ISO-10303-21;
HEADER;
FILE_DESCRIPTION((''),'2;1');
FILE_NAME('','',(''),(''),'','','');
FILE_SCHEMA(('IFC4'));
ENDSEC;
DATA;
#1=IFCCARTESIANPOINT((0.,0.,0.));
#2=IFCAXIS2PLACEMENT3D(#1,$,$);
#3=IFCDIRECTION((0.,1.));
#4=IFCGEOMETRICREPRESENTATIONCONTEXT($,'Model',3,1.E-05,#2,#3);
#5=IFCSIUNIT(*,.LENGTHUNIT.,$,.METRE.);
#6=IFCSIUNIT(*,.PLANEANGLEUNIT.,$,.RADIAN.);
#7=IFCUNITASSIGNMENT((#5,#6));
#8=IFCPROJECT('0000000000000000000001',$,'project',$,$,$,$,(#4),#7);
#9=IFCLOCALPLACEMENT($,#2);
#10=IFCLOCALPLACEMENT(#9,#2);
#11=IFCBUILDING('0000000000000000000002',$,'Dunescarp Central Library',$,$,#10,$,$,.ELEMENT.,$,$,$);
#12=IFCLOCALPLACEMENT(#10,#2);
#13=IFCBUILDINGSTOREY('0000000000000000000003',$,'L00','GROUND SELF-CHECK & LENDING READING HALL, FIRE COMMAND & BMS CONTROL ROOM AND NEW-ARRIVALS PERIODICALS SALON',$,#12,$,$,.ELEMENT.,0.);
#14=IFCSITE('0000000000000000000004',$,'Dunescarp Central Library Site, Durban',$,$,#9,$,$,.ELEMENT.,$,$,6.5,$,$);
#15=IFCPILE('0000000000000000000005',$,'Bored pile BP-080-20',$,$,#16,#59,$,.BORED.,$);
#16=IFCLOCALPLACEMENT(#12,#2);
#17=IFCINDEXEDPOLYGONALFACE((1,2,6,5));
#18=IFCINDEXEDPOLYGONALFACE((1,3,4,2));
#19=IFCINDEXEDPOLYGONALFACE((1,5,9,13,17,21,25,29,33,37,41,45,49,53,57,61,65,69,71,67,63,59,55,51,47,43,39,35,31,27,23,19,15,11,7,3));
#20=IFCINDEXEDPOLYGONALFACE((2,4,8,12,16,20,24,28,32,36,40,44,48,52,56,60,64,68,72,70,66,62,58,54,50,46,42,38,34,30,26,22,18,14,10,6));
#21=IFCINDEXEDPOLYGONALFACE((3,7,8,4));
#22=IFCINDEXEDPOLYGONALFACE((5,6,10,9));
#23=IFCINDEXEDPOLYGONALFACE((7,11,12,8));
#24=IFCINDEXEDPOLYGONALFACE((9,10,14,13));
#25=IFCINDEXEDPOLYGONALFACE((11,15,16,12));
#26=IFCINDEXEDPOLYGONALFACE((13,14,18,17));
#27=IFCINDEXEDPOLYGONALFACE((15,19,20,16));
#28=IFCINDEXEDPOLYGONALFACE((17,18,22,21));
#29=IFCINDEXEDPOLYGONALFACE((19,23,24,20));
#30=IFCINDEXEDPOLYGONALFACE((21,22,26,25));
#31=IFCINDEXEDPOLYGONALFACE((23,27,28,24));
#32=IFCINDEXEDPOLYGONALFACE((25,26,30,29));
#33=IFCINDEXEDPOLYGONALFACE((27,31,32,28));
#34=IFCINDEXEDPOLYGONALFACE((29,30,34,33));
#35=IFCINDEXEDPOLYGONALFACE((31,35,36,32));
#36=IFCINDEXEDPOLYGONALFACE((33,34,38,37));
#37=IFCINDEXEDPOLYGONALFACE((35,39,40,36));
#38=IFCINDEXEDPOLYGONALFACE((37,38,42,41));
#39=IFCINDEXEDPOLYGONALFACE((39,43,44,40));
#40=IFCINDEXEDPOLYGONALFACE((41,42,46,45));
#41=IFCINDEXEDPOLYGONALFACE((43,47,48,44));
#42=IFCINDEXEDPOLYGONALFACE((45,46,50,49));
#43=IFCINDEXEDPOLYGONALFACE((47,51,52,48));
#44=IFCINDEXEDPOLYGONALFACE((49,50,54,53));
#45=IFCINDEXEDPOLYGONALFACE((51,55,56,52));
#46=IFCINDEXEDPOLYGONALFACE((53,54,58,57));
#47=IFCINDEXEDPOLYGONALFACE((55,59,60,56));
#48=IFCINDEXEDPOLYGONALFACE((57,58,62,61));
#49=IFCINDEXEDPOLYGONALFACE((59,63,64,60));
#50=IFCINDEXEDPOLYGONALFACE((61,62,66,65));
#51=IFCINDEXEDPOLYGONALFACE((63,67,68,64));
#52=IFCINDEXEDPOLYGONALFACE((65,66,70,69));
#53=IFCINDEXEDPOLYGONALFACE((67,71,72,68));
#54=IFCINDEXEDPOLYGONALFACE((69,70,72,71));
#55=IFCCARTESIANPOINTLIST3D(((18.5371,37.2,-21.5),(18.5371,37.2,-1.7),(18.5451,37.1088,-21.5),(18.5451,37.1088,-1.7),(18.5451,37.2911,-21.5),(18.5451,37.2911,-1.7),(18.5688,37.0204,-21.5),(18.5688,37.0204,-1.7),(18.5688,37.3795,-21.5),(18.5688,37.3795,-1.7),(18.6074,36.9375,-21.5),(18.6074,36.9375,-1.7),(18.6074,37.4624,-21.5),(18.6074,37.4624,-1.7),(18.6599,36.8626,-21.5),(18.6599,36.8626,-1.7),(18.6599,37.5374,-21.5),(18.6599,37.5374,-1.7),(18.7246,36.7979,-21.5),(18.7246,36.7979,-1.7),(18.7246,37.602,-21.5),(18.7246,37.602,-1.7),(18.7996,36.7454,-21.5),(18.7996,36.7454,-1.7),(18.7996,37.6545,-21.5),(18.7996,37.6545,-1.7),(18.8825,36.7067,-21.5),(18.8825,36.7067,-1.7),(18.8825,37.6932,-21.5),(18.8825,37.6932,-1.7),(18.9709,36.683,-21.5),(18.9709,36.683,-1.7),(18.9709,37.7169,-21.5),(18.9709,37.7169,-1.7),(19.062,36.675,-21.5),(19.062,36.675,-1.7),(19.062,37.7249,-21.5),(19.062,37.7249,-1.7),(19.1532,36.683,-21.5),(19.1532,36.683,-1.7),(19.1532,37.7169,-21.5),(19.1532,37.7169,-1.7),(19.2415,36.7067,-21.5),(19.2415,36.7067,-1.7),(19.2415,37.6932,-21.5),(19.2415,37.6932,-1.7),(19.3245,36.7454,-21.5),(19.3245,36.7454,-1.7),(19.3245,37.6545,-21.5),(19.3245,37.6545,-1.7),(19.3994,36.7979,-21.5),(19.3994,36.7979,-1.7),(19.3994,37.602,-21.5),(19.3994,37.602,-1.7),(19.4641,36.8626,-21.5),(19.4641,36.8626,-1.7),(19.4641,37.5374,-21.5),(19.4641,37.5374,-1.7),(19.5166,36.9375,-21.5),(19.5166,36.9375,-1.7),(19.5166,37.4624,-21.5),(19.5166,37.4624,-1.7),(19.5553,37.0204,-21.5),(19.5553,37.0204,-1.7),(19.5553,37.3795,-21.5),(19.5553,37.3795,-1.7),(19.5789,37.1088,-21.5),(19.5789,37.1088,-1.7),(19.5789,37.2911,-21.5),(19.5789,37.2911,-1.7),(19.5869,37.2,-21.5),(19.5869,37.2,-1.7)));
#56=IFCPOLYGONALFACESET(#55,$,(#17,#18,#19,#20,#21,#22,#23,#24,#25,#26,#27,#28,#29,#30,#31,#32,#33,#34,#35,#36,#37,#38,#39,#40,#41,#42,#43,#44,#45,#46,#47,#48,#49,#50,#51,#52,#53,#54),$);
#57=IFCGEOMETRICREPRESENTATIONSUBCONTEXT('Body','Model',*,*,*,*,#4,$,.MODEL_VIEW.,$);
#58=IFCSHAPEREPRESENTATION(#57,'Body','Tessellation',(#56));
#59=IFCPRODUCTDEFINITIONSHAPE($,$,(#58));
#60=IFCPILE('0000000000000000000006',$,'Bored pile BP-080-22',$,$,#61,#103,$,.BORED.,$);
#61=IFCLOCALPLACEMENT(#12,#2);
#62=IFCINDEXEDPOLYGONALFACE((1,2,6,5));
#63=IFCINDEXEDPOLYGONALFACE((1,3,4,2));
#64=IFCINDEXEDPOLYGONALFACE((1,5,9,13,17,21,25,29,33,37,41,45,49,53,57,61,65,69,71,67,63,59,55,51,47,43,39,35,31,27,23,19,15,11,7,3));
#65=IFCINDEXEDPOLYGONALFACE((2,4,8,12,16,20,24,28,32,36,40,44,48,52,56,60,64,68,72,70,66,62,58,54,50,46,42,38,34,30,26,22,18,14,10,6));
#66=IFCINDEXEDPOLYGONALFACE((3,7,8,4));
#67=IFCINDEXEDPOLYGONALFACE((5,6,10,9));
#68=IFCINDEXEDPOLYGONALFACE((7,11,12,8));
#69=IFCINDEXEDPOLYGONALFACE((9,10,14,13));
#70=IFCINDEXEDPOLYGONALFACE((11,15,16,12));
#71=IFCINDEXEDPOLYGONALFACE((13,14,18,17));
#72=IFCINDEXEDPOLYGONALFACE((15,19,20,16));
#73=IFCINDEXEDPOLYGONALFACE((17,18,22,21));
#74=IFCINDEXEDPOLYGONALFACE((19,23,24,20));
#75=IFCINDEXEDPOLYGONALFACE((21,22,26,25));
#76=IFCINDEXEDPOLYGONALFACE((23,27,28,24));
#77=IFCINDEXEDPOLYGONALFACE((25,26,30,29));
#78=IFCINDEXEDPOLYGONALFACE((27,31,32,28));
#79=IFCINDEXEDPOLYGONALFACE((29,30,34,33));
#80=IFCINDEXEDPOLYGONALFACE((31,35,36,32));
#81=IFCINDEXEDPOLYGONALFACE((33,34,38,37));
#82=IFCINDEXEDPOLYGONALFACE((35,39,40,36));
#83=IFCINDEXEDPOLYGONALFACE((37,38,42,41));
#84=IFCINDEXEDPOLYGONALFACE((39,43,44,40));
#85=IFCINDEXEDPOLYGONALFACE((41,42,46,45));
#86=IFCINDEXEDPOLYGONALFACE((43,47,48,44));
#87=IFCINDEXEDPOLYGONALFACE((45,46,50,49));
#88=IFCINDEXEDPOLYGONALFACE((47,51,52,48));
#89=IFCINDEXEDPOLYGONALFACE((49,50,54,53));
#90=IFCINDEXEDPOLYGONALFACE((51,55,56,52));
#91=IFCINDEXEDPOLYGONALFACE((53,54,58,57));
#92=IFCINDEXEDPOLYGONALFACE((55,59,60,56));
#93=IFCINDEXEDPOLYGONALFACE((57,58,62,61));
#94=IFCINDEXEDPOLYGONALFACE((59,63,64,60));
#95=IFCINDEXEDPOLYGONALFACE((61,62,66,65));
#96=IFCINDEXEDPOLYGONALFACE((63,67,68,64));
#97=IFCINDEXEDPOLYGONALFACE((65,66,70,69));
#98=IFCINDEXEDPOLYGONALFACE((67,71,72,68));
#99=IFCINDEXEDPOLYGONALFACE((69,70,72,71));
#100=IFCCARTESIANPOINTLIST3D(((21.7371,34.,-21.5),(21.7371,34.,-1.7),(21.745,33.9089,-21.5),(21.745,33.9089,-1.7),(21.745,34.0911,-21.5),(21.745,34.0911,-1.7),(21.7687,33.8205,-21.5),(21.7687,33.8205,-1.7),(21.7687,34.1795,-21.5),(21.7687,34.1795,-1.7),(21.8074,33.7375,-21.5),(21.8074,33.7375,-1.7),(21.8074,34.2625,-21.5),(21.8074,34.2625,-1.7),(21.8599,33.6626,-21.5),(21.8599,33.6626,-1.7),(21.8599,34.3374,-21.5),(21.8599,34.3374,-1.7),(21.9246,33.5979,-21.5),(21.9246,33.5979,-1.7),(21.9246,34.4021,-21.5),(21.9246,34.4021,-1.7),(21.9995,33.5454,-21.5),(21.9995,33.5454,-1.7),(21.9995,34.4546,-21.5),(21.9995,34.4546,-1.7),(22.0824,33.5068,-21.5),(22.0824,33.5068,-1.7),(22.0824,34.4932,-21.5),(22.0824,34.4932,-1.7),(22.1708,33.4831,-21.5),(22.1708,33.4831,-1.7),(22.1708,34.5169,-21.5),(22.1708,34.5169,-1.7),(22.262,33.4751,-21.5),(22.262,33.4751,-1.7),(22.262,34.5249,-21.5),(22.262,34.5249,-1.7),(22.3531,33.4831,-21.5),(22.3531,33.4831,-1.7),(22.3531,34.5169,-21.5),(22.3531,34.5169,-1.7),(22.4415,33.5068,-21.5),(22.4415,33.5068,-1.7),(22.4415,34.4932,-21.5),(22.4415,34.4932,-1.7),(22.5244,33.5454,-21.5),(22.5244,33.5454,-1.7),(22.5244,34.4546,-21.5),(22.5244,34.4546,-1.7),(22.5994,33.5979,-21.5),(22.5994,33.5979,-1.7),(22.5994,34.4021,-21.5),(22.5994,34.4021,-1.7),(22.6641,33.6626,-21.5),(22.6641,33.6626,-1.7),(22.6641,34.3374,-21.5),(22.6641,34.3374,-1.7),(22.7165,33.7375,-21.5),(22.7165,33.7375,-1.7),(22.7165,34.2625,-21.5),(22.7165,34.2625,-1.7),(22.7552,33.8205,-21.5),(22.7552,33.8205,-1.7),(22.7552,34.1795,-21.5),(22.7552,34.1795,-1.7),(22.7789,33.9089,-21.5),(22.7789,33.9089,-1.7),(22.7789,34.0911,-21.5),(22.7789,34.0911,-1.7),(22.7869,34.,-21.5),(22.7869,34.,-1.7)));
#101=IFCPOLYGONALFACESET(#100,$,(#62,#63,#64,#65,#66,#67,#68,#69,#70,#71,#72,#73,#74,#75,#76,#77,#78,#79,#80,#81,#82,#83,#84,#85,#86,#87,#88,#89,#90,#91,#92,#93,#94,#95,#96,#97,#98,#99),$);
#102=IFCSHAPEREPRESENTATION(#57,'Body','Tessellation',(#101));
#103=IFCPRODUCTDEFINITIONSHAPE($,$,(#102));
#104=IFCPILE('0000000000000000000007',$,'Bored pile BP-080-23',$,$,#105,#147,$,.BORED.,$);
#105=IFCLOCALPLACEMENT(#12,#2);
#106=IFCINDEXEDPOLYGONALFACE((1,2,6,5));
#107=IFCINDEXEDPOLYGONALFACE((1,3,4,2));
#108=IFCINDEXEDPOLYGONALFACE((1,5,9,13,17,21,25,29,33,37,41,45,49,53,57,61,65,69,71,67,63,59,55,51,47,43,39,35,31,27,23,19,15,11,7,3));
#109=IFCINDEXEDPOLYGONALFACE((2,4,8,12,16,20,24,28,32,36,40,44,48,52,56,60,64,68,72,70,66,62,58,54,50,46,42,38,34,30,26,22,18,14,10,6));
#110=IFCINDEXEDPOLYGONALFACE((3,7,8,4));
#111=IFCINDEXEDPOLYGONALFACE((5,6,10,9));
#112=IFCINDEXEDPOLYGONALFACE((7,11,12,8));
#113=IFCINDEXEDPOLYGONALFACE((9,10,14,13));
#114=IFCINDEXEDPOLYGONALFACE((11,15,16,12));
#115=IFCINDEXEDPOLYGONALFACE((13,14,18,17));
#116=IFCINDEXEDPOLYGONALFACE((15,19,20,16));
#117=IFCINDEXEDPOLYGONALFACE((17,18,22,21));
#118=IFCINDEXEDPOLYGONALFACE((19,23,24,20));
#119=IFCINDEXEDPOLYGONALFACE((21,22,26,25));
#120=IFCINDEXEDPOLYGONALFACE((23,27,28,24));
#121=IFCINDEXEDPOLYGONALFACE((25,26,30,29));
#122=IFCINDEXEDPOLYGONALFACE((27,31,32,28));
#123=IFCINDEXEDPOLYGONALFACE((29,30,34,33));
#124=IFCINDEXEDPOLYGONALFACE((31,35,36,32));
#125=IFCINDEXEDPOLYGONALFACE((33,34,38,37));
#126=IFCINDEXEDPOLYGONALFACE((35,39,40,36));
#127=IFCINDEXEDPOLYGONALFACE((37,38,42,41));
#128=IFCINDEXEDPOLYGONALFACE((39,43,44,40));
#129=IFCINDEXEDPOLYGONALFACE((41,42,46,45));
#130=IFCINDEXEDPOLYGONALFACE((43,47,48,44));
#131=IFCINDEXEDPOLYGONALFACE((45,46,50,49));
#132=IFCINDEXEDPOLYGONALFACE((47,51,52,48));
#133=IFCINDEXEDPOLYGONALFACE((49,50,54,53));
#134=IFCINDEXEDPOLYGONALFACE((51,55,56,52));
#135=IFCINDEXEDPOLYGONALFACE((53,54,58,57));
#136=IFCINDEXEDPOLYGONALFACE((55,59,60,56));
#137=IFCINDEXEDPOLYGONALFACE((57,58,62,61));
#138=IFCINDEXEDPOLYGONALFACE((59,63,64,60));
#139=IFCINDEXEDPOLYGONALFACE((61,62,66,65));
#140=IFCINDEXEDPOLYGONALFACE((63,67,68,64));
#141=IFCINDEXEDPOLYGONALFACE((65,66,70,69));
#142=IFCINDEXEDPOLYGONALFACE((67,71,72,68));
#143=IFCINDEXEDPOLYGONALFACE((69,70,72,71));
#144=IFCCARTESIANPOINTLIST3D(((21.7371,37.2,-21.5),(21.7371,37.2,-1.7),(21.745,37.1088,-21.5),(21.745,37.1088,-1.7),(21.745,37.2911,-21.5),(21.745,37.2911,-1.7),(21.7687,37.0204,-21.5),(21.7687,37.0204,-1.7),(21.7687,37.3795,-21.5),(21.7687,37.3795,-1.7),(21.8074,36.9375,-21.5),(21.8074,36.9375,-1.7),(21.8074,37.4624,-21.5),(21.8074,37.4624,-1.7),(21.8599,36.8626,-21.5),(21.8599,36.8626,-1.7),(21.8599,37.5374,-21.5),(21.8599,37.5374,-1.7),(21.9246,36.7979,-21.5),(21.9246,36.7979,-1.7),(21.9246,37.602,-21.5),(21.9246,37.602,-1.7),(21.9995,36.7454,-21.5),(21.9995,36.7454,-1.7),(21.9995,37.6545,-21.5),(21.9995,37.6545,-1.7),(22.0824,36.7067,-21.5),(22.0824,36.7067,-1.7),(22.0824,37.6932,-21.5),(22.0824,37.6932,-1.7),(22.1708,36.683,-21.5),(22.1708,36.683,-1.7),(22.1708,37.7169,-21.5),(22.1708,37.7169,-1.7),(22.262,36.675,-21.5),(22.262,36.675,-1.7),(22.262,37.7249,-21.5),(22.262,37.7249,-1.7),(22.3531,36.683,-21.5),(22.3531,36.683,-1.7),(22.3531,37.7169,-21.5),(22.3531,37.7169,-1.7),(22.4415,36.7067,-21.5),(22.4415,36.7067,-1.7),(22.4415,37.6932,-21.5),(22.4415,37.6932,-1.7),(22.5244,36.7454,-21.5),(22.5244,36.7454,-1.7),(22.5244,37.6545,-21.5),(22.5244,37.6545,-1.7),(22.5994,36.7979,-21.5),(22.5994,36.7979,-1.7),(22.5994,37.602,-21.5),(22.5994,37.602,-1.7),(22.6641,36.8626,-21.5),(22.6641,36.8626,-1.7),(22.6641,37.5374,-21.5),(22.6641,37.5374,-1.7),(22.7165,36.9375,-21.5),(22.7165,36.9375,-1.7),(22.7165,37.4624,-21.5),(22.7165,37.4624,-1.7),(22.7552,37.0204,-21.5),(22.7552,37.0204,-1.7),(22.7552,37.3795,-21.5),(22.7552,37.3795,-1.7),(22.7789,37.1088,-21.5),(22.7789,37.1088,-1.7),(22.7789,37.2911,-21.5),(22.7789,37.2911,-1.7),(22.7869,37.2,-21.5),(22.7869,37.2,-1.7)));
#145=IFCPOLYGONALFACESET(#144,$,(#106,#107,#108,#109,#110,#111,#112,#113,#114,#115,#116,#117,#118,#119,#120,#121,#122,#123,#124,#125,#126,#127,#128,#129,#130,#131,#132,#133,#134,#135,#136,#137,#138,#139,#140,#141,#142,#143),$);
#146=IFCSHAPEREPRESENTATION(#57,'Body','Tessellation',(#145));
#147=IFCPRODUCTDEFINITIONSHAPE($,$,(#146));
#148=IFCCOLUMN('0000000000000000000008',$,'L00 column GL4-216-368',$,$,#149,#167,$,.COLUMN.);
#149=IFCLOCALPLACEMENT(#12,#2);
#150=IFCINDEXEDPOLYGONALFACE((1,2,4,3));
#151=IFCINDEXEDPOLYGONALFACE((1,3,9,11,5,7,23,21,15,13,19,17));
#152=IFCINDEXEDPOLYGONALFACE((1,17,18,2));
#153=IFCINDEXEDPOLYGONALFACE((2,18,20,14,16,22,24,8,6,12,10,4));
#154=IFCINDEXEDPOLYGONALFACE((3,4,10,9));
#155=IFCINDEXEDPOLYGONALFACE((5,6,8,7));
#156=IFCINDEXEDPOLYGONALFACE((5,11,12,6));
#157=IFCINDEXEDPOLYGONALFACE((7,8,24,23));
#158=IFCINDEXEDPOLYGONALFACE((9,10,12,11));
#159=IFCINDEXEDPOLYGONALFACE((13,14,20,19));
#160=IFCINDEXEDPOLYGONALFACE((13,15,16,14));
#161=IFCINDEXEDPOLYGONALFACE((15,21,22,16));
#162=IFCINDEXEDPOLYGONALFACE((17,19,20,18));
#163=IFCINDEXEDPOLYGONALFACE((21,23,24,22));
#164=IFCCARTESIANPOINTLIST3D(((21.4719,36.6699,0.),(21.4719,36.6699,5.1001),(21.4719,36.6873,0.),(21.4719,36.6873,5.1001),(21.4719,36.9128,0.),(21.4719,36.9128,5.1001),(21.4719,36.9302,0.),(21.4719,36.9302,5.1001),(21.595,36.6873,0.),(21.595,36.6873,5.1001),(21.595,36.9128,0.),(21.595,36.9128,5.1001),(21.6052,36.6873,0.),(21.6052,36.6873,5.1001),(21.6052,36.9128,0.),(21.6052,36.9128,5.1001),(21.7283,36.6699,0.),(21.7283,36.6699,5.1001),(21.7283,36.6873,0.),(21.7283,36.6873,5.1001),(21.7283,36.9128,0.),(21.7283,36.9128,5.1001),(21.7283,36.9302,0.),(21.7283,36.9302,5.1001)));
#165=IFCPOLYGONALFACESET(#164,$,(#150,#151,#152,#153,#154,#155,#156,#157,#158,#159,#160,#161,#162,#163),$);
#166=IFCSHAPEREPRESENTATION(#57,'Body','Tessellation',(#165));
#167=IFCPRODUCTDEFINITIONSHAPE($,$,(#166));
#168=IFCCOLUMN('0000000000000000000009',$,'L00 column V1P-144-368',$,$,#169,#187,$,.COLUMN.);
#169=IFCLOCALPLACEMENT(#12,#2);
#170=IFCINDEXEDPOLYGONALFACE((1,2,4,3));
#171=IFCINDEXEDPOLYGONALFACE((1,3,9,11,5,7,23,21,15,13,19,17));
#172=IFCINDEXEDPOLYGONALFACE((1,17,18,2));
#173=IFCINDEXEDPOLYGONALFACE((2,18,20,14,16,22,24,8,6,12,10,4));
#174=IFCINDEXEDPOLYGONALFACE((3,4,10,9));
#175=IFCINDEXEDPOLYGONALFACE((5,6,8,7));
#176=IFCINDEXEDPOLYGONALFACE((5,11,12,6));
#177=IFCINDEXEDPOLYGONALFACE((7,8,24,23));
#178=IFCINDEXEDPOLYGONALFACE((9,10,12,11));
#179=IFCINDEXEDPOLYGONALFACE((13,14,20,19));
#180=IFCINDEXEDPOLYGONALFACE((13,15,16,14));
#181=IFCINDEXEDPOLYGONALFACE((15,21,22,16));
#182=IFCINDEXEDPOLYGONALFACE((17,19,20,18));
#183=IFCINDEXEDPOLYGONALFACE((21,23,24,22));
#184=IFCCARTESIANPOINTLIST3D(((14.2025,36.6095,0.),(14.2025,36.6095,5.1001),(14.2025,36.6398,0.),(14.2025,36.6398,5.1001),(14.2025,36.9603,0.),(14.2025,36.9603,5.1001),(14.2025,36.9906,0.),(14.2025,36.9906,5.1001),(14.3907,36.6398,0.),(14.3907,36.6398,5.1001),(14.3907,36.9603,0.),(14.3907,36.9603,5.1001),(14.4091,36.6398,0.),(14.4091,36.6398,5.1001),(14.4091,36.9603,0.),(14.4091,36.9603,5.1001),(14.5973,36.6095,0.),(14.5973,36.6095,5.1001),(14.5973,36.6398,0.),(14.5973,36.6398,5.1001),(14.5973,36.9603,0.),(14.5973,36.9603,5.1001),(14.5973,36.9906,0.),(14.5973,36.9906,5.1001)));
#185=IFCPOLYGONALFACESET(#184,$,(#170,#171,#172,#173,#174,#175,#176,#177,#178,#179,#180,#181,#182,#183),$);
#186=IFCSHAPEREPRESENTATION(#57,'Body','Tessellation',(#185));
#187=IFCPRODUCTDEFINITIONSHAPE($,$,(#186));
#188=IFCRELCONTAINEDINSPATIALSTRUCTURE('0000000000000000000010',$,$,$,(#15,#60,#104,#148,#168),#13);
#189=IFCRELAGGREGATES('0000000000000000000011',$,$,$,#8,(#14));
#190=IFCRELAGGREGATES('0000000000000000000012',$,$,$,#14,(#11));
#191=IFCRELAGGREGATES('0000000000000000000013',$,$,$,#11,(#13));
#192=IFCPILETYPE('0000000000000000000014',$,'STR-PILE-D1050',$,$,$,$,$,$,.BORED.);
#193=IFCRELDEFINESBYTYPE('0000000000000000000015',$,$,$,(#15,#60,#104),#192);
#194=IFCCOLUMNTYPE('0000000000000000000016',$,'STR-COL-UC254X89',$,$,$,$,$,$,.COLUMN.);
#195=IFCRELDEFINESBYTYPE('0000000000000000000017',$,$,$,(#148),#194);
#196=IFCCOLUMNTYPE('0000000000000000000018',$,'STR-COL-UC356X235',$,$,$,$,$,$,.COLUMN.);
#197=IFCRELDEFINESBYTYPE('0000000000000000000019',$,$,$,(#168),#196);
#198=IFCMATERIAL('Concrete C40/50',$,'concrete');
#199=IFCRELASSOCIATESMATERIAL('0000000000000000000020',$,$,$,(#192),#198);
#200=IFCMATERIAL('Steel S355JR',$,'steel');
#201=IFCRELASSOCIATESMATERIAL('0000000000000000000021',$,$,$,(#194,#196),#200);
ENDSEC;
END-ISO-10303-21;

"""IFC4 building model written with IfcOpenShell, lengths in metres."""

from ifc_helpers import new_model, si_unit, direction, frame, origin, origin_2d, place, context, subcontext, project, spatial, circle, i_section, extrude, material, material_profile, profile_set, type_object, element, save


model = new_model("IFC4")

# Units and contexts
model_context = context("Model", 3, precision=1e-05, world=origin(), true_north=direction((0.0, 1.0)))
body_context = subcontext(model_context, "Body", "Model", "MODEL_VIEW")
ifc_project = project(units=[si_unit("LENGTHUNIT", "METRE"), si_unit("PLANEANGLEUNIT", "RADIAN")], contexts=[model_context])

# Site, building, storey
site_placement = place(None, origin())
site = spatial("IfcSite", under=ifc_project, at=site_placement, Name="Dunescarp Central Library Site, Durban", CompositionType="ELEMENT", RefElevation=6.5)
building_placement = place(site_placement, origin())
building = spatial("IfcBuilding", under=site, at=building_placement, Name="Dunescarp Central Library", CompositionType="ELEMENT")
storey_placement = place(building_placement, origin())
storey = spatial("IfcBuildingStorey", under=building, at=storey_placement, Name="L00", Description="GROUND SELF-CHECK & LENDING READING HALL, FIRE COMMAND & BMS CONTROL ROOM AND NEW-ARRIVALS PERIODICALS SALON", CompositionType="ELEMENT", Elevation=0.0)

# Shared definitions
ifc_material_1 = material(Name="Concrete C40/50", Category="concrete")

# Piles
ifc_material_profile_1 = material_profile(ifc_material_1, circle(Radius=0.5249, at=origin_2d()), Name="PILE D1050")
ifc_profile_set_1 = profile_set([ifc_material_profile_1], Name="Concrete C40/50")
pile_type = type_object("IfcPileType", Name="STR-PILE-D1050", PredefinedType="BORED", material=ifc_profile_set_1)
for number, where, z_axis, x_axis, name in (
    (1, (19.062, 37.2, -1.7), (0.0, 0.0, -1.0), (1.0, 0.0, 0.0), "Bored pile BP-080-20"),
    (2, (22.262, 34.0, -1.7), (0.0, 0.0, -1.0), (1.0, 0.0, 0.0), "Bored pile BP-080-22"),
    (3, (22.262, 37.2, -1.7), (0.0, 0.0, -1.0), (1.0, 0.0, 0.0), "Bored pile BP-080-23"),
):
    element("IfcPile", number, at=place(storey_placement, frame(where, z_axis=z_axis, x_axis=x_axis)), inside=storey, type_object=pile_type, Name=name, PredefinedType="BORED", context=body_context, shape_type="SweptSolid", body=[
        extrude(circle(Radius=0.5249, at=origin_2d()), origin(), (0.0, 0.0, 1.0), 19.8),
    ])

# Columns
ifc_material_2 = material(Name="Steel S355JR", Category="steel")
ifc_material_profile_2 = material_profile(ifc_material_2, i_section(OverallWidth=0.2563, OverallDepth=0.2603, WebThickness=0.0103, FlangeThickness=0.0173, at=origin_2d()), Name="UC 254x254x89")
ifc_profile_set_2 = profile_set([ifc_material_profile_2], Name="Steel S355JR")
column_type_1 = type_object("IfcColumnType", Name="STR-COL-UC254X89", PredefinedType="COLUMN", material=ifc_profile_set_2)
column_placement = place(storey_placement, frame((21.6001, 36.8, 0.0), z_axis=(0.0, 0.0, 1.0), x_axis=(1.0, 0.0, 0.0)))
element("IfcColumn", 4, at=column_placement, inside=storey, type_object=column_type_1, Name="L00 column GL4-216-368", PredefinedType="COLUMN", context=body_context, shape_type="SweptSolid", body=[
    extrude(i_section(OverallWidth=0.2563, OverallDepth=0.2603, WebThickness=0.0103, FlangeThickness=0.0173, at=origin_2d()), origin(), (0.0, 0.0, 1.0), 5.1001),
])
ifc_material_profile_3 = material_profile(ifc_material_2, i_section(OverallWidth=0.3948, OverallDepth=0.3811, WebThickness=0.0183, FlangeThickness=0.0303, at=origin_2d()), Name="UC 356x406x235")
ifc_profile_set_3 = profile_set([ifc_material_profile_3], Name="Steel S355JR")
column_type_2 = type_object("IfcColumnType", Name="STR-COL-UC356X235", PredefinedType="COLUMN", material=ifc_profile_set_3)
for number, where, z_axis, x_axis, name in (
    (5, (14.3999, 36.8, 0.0), (0.0, 0.0, 1.0), (1.0, 0.0, 0.0), "L00 column V1P-144-368"),
):
    element("IfcColumn", number, at=place(storey_placement, frame(where, z_axis=z_axis, x_axis=x_axis)), inside=storey, type_object=column_type_2, Name=name, PredefinedType="COLUMN", context=body_context, shape_type="SweptSolid", body=[
        extrude(i_section(OverallWidth=0.3948, OverallDepth=0.3811, WebThickness=0.0183, FlangeThickness=0.0303, at=origin_2d()), origin(), (0.0, 0.0, 1.0), 5.1001),
    ])

save(model, "model.ifc")
